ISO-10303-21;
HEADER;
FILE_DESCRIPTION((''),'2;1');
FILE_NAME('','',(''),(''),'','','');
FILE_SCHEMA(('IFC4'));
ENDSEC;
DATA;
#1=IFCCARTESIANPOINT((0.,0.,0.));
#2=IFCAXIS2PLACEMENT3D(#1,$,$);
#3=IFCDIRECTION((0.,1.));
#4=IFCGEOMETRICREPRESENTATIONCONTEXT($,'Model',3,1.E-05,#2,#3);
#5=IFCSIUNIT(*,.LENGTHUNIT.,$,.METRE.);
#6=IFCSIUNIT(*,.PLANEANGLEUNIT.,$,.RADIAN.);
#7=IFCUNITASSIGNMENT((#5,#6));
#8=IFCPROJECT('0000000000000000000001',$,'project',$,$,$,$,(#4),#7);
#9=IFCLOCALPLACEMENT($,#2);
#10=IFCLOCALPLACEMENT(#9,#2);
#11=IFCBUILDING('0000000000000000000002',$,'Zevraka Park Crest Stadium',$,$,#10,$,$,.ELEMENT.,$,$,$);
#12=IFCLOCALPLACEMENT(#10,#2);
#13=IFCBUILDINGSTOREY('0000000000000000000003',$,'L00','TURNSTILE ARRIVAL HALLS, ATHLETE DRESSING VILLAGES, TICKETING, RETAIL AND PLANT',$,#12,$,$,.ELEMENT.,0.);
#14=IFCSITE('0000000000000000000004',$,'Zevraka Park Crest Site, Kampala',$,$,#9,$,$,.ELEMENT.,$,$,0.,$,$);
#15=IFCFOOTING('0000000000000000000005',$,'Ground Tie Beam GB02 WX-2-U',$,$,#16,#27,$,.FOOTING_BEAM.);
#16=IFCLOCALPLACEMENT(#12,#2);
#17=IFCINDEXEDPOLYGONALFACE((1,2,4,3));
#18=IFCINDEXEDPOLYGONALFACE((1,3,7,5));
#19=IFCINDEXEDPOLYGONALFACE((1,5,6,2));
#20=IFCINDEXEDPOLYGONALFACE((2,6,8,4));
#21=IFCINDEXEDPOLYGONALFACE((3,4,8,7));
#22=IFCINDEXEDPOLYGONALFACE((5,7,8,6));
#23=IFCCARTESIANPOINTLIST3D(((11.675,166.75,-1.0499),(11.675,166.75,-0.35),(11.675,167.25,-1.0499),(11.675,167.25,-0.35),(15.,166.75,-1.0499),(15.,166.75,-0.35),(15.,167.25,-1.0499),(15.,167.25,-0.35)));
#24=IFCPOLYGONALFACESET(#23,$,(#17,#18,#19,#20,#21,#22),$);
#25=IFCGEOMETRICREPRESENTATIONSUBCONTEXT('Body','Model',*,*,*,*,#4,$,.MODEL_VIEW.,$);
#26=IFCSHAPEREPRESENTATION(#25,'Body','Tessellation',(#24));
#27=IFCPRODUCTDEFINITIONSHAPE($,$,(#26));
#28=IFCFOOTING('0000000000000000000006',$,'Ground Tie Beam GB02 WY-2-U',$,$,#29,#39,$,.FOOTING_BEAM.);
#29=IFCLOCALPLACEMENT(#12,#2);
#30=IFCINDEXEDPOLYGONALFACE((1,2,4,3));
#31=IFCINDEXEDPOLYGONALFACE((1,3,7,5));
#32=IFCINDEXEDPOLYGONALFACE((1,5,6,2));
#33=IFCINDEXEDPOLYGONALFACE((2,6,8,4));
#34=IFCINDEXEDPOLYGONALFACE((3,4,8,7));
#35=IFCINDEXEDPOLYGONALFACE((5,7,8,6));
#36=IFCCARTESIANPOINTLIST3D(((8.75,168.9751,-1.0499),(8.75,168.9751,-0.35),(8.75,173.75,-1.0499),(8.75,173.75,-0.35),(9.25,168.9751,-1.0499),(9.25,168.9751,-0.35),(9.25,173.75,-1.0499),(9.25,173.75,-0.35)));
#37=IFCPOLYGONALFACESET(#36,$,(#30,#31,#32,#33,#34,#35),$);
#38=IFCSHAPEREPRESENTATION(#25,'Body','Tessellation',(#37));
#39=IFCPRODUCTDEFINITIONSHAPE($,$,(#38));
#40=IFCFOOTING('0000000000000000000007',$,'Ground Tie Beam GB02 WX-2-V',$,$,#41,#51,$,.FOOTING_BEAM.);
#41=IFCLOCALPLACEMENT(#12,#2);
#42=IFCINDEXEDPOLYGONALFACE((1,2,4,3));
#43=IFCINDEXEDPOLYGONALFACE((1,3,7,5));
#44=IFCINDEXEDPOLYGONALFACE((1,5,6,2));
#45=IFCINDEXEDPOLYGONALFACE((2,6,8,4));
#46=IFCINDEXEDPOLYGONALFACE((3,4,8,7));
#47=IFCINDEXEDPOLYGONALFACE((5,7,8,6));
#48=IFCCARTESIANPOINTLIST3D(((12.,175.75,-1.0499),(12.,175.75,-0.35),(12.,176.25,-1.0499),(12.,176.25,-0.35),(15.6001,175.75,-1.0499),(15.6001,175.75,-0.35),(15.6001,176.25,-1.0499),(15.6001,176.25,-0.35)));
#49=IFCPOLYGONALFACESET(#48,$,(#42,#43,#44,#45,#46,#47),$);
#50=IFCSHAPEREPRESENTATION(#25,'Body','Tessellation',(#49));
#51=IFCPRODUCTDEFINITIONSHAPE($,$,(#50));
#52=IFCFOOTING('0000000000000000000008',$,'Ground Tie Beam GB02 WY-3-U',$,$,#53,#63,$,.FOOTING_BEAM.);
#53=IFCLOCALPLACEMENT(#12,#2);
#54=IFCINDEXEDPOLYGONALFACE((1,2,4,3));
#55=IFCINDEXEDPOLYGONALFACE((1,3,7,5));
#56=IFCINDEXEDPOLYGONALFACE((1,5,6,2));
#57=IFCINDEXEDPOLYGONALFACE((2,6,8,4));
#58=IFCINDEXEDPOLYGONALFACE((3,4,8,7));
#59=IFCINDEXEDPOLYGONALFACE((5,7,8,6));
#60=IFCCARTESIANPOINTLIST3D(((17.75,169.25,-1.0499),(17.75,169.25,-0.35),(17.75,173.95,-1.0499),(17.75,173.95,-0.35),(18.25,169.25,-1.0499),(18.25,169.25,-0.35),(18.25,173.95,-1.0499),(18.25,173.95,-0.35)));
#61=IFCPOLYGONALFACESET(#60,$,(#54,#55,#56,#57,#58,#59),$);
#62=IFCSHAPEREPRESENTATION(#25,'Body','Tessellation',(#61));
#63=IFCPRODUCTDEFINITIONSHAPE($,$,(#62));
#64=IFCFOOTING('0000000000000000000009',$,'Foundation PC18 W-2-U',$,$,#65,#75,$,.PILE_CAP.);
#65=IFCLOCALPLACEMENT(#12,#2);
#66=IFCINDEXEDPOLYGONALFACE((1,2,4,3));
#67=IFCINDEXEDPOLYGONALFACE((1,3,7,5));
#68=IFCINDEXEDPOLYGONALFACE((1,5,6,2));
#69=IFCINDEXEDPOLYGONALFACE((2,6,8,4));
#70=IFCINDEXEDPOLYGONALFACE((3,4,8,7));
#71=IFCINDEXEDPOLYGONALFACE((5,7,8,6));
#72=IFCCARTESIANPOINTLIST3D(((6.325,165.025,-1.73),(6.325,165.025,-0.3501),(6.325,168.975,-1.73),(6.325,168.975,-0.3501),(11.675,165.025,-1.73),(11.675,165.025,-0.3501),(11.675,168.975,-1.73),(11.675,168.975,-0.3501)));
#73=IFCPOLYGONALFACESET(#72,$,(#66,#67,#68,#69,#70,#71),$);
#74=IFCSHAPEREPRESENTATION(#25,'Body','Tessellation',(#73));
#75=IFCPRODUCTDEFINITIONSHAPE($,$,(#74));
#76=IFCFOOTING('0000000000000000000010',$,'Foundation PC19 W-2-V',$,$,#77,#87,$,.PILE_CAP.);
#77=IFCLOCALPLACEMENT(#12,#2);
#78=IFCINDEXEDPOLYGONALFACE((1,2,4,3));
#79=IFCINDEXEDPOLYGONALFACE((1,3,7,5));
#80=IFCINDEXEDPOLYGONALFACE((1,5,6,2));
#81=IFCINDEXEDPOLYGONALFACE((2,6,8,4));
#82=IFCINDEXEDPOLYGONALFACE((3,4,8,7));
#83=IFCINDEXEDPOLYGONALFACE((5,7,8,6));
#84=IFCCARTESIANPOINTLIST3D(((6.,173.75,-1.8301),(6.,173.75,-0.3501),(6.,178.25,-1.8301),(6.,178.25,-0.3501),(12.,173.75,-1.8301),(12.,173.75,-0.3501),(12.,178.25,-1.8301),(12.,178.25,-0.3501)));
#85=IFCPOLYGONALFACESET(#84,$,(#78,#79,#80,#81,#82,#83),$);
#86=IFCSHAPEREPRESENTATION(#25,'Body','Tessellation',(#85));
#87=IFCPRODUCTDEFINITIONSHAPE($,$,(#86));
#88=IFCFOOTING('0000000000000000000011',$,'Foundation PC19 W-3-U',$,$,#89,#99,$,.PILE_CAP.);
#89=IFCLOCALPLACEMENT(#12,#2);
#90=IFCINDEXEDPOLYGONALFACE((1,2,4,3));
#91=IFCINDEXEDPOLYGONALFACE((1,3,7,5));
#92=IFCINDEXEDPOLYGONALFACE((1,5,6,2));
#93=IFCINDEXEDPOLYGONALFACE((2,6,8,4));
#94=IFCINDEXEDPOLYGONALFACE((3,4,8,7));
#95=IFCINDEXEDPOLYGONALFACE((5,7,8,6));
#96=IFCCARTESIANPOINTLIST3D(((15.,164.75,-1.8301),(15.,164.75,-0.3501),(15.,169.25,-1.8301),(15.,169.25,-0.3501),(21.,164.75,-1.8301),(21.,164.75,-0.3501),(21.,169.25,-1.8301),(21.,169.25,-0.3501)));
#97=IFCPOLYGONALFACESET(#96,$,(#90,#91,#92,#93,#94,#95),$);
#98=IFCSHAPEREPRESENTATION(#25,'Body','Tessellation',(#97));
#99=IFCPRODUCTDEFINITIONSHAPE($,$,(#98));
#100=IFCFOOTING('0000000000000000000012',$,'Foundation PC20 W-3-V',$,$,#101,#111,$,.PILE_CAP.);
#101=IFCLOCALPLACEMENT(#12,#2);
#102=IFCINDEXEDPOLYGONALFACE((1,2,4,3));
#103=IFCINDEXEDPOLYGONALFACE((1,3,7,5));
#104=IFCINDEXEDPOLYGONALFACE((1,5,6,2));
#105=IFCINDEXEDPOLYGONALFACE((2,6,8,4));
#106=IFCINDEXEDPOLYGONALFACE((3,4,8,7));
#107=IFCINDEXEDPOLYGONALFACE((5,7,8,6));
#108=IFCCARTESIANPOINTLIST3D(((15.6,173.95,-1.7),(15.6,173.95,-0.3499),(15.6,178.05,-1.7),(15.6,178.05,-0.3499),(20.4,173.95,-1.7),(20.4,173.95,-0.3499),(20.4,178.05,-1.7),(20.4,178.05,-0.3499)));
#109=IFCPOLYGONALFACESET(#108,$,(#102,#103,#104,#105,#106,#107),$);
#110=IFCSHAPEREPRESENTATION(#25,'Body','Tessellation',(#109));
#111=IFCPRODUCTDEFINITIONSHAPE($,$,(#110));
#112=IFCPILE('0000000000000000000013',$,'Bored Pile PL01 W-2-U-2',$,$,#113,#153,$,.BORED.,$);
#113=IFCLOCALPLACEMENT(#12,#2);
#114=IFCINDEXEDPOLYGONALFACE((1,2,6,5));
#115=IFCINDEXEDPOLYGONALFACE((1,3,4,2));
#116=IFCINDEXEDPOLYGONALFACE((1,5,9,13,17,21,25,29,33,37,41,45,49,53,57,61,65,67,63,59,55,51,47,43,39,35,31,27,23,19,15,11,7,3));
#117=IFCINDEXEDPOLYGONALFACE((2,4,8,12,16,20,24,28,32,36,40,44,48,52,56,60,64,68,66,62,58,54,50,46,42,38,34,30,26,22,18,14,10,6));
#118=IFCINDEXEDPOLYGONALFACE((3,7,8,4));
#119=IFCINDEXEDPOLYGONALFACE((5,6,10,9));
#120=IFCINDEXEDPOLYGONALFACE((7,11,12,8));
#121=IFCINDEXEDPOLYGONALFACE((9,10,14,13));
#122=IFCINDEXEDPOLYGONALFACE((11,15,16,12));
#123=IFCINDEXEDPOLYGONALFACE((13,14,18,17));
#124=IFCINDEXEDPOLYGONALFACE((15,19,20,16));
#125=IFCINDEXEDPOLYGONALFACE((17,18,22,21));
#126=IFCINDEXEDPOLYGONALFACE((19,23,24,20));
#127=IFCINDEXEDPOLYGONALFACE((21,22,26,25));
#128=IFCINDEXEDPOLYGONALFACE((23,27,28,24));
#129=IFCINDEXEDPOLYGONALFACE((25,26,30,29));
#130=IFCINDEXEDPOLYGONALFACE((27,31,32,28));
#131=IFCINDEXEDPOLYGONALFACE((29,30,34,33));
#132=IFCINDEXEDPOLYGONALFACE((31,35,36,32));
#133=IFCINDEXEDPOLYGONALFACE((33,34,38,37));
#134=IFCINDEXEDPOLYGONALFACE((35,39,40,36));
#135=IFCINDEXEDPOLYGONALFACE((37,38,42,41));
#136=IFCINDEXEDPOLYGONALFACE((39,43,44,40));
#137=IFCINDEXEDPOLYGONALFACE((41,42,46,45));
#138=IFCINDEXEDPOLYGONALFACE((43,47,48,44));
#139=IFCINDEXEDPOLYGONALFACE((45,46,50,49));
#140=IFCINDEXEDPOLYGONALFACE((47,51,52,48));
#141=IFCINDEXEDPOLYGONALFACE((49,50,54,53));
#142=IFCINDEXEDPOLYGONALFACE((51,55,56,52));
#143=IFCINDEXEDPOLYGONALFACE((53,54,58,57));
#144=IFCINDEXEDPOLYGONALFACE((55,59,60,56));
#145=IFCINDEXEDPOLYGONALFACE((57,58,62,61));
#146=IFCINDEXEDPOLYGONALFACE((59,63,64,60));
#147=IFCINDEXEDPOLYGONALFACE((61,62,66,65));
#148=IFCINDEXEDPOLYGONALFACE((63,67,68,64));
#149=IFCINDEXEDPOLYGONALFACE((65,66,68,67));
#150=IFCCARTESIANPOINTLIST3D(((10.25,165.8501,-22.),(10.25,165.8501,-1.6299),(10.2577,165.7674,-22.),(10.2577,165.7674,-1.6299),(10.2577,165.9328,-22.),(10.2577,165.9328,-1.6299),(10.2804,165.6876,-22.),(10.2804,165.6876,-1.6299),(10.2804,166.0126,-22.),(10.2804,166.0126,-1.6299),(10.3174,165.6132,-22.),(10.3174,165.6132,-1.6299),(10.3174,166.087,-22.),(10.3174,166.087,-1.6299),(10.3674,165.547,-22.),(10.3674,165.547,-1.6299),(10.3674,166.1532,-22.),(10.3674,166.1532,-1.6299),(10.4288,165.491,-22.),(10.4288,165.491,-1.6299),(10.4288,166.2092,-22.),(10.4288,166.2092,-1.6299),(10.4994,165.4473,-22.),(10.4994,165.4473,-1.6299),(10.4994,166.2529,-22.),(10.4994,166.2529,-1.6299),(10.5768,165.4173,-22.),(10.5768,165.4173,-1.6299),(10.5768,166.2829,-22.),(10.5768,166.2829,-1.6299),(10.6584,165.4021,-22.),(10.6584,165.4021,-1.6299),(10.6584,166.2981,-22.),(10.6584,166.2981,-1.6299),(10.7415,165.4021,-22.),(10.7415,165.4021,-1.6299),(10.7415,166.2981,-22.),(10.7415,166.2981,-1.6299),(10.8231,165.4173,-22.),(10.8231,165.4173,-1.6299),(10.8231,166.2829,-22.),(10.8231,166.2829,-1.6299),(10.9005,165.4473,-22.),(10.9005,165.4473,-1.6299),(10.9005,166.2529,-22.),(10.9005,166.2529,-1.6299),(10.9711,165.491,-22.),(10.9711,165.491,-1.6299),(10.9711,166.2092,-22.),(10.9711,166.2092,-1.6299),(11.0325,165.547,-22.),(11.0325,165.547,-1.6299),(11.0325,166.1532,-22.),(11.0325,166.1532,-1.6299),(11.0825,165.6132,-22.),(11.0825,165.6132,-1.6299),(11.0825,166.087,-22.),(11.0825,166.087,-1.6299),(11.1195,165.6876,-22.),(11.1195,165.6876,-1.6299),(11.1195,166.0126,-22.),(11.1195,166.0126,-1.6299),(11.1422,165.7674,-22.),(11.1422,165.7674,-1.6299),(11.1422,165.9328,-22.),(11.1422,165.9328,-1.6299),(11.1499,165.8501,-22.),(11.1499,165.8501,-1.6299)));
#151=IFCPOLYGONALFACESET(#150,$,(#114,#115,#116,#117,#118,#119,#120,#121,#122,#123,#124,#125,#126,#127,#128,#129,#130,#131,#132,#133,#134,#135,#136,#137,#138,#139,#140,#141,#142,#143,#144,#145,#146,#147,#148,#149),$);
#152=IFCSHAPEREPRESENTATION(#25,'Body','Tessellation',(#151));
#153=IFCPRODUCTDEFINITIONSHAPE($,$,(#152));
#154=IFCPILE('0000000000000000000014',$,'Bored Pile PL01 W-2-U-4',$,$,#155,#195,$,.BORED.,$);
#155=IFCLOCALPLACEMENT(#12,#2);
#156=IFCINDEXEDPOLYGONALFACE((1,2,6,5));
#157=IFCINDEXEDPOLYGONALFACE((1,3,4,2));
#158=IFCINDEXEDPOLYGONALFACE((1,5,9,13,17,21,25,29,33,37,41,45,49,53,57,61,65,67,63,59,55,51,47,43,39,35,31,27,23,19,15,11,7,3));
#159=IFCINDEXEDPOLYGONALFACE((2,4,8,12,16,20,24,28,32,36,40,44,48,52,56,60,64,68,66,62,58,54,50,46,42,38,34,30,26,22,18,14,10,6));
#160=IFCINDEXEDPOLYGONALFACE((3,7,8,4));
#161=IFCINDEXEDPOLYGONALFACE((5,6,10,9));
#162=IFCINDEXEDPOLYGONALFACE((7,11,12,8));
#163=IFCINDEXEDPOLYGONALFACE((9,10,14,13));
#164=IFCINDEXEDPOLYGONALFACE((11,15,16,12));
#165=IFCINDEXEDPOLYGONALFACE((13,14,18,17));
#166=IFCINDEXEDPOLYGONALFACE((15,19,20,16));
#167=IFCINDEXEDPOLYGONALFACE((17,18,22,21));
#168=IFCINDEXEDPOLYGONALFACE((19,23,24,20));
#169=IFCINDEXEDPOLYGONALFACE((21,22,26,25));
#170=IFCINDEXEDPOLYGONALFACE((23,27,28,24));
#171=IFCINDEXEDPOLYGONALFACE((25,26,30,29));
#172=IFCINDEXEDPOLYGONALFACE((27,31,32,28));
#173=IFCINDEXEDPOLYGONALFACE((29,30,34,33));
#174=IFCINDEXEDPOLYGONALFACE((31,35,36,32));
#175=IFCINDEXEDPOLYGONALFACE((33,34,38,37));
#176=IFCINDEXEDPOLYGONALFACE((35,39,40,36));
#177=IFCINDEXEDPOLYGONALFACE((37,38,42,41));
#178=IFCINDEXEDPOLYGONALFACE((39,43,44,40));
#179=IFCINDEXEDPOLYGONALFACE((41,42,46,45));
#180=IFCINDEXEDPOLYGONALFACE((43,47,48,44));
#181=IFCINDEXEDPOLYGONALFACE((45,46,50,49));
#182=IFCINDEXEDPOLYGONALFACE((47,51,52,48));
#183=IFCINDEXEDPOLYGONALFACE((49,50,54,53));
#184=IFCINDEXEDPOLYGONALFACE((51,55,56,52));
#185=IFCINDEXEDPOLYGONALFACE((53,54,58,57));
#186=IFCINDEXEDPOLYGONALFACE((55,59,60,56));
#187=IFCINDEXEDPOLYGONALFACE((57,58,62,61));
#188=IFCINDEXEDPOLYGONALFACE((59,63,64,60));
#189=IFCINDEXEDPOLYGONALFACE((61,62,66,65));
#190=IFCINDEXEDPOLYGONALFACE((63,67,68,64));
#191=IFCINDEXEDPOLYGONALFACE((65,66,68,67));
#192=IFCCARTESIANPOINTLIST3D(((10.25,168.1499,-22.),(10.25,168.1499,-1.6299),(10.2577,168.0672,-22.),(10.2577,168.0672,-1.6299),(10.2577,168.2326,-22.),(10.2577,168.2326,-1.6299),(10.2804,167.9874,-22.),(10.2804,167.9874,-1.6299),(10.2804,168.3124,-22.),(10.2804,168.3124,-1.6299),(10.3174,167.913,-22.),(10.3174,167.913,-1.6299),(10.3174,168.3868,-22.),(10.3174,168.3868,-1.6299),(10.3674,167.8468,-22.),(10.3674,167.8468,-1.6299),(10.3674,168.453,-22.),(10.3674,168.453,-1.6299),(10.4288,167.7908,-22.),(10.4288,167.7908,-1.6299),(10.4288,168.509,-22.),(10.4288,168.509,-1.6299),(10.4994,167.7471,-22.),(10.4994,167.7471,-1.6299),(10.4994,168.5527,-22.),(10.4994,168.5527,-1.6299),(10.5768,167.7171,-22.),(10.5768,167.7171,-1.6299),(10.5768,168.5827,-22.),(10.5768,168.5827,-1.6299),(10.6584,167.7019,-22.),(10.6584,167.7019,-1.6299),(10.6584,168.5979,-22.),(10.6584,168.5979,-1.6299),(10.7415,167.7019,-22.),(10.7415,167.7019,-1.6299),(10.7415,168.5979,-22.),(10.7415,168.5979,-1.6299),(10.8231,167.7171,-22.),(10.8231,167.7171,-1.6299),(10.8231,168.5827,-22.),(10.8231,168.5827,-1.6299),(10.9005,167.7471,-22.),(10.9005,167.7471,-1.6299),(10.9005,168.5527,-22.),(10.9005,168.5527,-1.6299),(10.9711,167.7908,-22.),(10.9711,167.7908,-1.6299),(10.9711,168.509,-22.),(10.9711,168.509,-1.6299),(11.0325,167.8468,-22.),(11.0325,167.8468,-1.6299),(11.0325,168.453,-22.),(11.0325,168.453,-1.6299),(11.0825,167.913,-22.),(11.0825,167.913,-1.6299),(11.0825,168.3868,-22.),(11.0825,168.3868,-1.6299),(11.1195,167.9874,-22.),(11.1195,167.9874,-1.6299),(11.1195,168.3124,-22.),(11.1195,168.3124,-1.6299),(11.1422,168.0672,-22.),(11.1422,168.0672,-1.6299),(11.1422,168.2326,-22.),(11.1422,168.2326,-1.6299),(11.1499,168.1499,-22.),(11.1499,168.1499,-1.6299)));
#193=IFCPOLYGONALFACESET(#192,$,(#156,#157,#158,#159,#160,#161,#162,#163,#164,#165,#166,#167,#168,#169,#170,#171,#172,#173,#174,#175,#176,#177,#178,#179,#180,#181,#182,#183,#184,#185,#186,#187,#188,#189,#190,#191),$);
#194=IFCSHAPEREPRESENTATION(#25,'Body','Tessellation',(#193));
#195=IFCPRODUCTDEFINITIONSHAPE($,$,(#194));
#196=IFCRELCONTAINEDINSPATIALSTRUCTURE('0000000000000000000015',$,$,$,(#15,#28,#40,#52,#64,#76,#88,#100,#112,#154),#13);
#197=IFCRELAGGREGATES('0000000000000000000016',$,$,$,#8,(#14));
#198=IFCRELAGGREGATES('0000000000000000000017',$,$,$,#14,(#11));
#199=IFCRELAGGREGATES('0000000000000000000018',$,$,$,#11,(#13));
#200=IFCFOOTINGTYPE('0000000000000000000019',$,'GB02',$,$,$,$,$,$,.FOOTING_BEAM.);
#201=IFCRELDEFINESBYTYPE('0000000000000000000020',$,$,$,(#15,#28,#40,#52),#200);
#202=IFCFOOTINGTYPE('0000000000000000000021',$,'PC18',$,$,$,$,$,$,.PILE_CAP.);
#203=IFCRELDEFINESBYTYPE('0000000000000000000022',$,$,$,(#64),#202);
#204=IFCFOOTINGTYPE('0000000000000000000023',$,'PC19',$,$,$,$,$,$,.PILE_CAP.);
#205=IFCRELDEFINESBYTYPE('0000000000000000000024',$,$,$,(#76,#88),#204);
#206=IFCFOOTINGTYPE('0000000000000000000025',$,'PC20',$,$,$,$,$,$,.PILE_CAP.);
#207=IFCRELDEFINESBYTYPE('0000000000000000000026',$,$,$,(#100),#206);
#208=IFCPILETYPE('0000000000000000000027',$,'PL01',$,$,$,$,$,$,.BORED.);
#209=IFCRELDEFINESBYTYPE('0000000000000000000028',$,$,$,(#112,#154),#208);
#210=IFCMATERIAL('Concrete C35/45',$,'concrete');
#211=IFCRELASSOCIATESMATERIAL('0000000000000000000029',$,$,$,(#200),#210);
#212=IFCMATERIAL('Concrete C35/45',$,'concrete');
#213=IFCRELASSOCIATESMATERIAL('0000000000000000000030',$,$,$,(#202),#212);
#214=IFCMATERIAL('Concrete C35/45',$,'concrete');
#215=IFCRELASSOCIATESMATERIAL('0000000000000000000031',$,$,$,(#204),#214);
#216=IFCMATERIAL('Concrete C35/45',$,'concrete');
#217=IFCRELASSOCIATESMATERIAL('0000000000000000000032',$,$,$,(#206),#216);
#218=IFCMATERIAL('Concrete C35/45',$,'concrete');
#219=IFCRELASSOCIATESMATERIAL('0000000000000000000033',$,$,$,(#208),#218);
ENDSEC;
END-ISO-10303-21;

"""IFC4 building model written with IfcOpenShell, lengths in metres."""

from ifc_helpers import new_model, si_unit, direction, frame, origin, origin_2d, place, context, subcontext, project, spatial, rectangle, circle, extrude, material, material_profile, profile_set, type_object, element, save


model = new_model("IFC4")

# Units and contexts
model_context = context("Model", 3, precision=1e-05, world=origin(), true_north=direction((0.0, 1.0)))
body_context = subcontext(model_context, "Body", "Model", "MODEL_VIEW")
ifc_project = project(units=[si_unit("LENGTHUNIT", "METRE"), si_unit("PLANEANGLEUNIT", "RADIAN")], contexts=[model_context])

# Site, building, storey
site_placement = place(None, origin())
site = spatial("IfcSite", under=ifc_project, at=site_placement, Name="Zevraka Park Crest Site, Kampala", CompositionType="ELEMENT", RefElevation=0.0)
building_placement = place(site_placement, origin())
building = spatial("IfcBuilding", under=site, at=building_placement, Name="Zevraka Park Crest Stadium", CompositionType="ELEMENT")
storey_placement = place(building_placement, origin())
storey = spatial("IfcBuildingStorey", under=building, at=storey_placement, Name="L00", Description="TURNSTILE ARRIVAL HALLS, ATHLETE DRESSING VILLAGES, TICKETING, RETAIL AND PLANT", CompositionType="ELEMENT", Elevation=0.0)

# Footings
ifc_material_1 = material(Name="Concrete C35/45", Category="concrete")
ifc_material_profile_1 = material_profile(ifc_material_1, rectangle(XDim=0.5, YDim=0.7, at=origin_2d()), Name="GB 700x500")
ifc_profile_set_1 = profile_set([ifc_material_profile_1], Name="Concrete C35/45")
footing_type_1 = type_object("IfcFootingType", Name="GB02", PredefinedType="FOOTING_BEAM", material=ifc_profile_set_1)
footing_1_placement = place(storey_placement, frame((11.675, 167.0, -0.7), z_axis=(1.0, 0.0, 0.0), x_axis=(0.0, 1.0, 0.0)))
element("IfcFooting", 1, at=footing_1_placement, inside=storey, type_object=footing_type_1, Name="Ground Tie Beam GB02 WX-2-U", PredefinedType="FOOTING_BEAM", context=body_context, shape_type="SweptSolid", body=[
    extrude(rectangle(XDim=0.5, YDim=0.7, at=origin_2d()), origin(), (0.0, 0.0, 1.0), 3.325),
])
footing_2_placement = place(storey_placement, frame((9.0, 168.9751, -0.7), z_axis=(0.0, 1.0, 0.0), x_axis=(-1.0, 0.0, 0.0)))
element("IfcFooting", 2, at=footing_2_placement, inside=storey, type_object=footing_type_1, Name="Ground Tie Beam GB02 WY-2-U", PredefinedType="FOOTING_BEAM", context=body_context, shape_type="SweptSolid", body=[
    extrude(rectangle(XDim=0.5, YDim=0.7, at=origin_2d()), origin(), (0.0, 0.0, 1.0), 4.7749),
])
footing_3_placement = place(storey_placement, frame((12.0, 176.0, -0.7), z_axis=(1.0, 0.0, 0.0), x_axis=(0.0, 1.0, 0.0)))
element("IfcFooting", 3, at=footing_3_placement, inside=storey, type_object=footing_type_1, Name="Ground Tie Beam GB02 WX-2-V", PredefinedType="FOOTING_BEAM", context=body_context, shape_type="SweptSolid", body=[
    extrude(rectangle(XDim=0.5, YDim=0.7, at=origin_2d()), origin(), (0.0, 0.0, 1.0), 3.6001),
])
footing_4_placement = place(storey_placement, frame((18.0, 169.25, -0.7), z_axis=(0.0, 1.0, 0.0), x_axis=(-1.0, 0.0, 0.0)))
element("IfcFooting", 4, at=footing_4_placement, inside=storey, type_object=footing_type_1, Name="Ground Tie Beam GB02 WY-3-U", PredefinedType="FOOTING_BEAM", context=body_context, shape_type="SweptSolid", body=[
    extrude(rectangle(XDim=0.5, YDim=0.7, at=origin_2d()), origin(), (0.0, 0.0, 1.0), 4.7),
])
ifc_material_2 = material(Name="Concrete C35/45", Category="concrete")
footing_type_2 = type_object("IfcFootingType", Name="PC18", PredefinedType="PILE_CAP", material=ifc_material_2)
footing_5_placement = place(storey_placement, frame((9.0, 167.0, -1.73), z_axis=(0.0, 0.0, 1.0), x_axis=(1.0, 0.0, 0.0)))
element("IfcFooting", 5, at=footing_5_placement, inside=storey, type_object=footing_type_2, Name="Foundation PC18 W-2-U", PredefinedType="PILE_CAP", context=body_context, shape_type="SweptSolid", body=[
    extrude(rectangle(XDim=5.3501, YDim=3.95, at=origin_2d()), origin(), (0.0, 0.0, 1.0), 1.3799),
])
ifc_material_3 = material(Name="Concrete C35/45", Category="concrete")
footing_type_3 = type_object("IfcFootingType", Name="PC19", PredefinedType="PILE_CAP", material=ifc_material_3)
for number, where, z_axis, x_axis, name in (
    (6, (9.0, 176.0, -1.8301), (0.0, 0.0, 1.0), (1.0, 0.0, 0.0), "Foundation PC19 W-2-V"),
    (7, (18.0, 167.0, -1.8301), (0.0, 0.0, 1.0), (1.0, 0.0, 0.0), "Foundation PC19 W-3-U"),
):
    element("IfcFooting", number, at=place(storey_placement, frame(where, z_axis=z_axis, x_axis=x_axis)), inside=storey, type_object=footing_type_3, Name=name, PredefinedType="PILE_CAP", context=body_context, shape_type="SweptSolid", body=[
        extrude(rectangle(XDim=6.0, YDim=4.5, at=origin_2d()), origin(), (0.0, 0.0, 1.0), 1.48),
    ])
ifc_material_4 = material(Name="Concrete C35/45", Category="concrete")
footing_type_4 = type_object("IfcFootingType", Name="PC20", PredefinedType="PILE_CAP", material=ifc_material_4)
footing_6_placement = place(storey_placement, frame((18.0, 176.0, -1.7), z_axis=(0.0, 0.0, 1.0), x_axis=(1.0, 0.0, 0.0)))
element("IfcFooting", 8, at=footing_6_placement, inside=storey, type_object=footing_type_4, Name="Foundation PC20 W-3-V", PredefinedType="PILE_CAP", context=body_context, shape_type="SweptSolid", body=[
    extrude(rectangle(XDim=4.8, YDim=4.1001, at=origin_2d()), origin(), (0.0, 0.0, 1.0), 1.3501),
])

# Piles
ifc_material_5 = material(Name="Concrete C35/45", Category="concrete")
ifc_material_profile_2 = material_profile(ifc_material_5, circle(Radius=0.45, at=origin_2d()), Name="PILE D900")
ifc_profile_set_2 = profile_set([ifc_material_profile_2], Name="Concrete C35/45")
pile_type_1 = type_object("IfcPileType", Name="PL01", PredefinedType="BORED", material=ifc_profile_set_2)
for number, where, z_axis, x_axis, name in (
    (9, (10.7, 165.8501, -1.6299), (0.0, 0.0, -1.0), (1.0, 0.0, 0.0), "Bored Pile PL01 W-2-U-2"),
    (10, (10.7, 168.1499, -1.6299), (0.0, 0.0, -1.0), (1.0, 0.0, 0.0), "Bored Pile PL01 W-2-U-4"),
):
    element("IfcPile", number, at=place(storey_placement, frame(where, z_axis=z_axis, x_axis=x_axis)), inside=storey, type_object=pile_type_1, Name=name, PredefinedType="BORED", context=body_context, shape_type="SweptSolid", body=[
        extrude(circle(Radius=0.45, at=origin_2d()), origin(), (0.0, 0.0, 1.0), 20.3701),
    ])

save(model, "model.ifc")
